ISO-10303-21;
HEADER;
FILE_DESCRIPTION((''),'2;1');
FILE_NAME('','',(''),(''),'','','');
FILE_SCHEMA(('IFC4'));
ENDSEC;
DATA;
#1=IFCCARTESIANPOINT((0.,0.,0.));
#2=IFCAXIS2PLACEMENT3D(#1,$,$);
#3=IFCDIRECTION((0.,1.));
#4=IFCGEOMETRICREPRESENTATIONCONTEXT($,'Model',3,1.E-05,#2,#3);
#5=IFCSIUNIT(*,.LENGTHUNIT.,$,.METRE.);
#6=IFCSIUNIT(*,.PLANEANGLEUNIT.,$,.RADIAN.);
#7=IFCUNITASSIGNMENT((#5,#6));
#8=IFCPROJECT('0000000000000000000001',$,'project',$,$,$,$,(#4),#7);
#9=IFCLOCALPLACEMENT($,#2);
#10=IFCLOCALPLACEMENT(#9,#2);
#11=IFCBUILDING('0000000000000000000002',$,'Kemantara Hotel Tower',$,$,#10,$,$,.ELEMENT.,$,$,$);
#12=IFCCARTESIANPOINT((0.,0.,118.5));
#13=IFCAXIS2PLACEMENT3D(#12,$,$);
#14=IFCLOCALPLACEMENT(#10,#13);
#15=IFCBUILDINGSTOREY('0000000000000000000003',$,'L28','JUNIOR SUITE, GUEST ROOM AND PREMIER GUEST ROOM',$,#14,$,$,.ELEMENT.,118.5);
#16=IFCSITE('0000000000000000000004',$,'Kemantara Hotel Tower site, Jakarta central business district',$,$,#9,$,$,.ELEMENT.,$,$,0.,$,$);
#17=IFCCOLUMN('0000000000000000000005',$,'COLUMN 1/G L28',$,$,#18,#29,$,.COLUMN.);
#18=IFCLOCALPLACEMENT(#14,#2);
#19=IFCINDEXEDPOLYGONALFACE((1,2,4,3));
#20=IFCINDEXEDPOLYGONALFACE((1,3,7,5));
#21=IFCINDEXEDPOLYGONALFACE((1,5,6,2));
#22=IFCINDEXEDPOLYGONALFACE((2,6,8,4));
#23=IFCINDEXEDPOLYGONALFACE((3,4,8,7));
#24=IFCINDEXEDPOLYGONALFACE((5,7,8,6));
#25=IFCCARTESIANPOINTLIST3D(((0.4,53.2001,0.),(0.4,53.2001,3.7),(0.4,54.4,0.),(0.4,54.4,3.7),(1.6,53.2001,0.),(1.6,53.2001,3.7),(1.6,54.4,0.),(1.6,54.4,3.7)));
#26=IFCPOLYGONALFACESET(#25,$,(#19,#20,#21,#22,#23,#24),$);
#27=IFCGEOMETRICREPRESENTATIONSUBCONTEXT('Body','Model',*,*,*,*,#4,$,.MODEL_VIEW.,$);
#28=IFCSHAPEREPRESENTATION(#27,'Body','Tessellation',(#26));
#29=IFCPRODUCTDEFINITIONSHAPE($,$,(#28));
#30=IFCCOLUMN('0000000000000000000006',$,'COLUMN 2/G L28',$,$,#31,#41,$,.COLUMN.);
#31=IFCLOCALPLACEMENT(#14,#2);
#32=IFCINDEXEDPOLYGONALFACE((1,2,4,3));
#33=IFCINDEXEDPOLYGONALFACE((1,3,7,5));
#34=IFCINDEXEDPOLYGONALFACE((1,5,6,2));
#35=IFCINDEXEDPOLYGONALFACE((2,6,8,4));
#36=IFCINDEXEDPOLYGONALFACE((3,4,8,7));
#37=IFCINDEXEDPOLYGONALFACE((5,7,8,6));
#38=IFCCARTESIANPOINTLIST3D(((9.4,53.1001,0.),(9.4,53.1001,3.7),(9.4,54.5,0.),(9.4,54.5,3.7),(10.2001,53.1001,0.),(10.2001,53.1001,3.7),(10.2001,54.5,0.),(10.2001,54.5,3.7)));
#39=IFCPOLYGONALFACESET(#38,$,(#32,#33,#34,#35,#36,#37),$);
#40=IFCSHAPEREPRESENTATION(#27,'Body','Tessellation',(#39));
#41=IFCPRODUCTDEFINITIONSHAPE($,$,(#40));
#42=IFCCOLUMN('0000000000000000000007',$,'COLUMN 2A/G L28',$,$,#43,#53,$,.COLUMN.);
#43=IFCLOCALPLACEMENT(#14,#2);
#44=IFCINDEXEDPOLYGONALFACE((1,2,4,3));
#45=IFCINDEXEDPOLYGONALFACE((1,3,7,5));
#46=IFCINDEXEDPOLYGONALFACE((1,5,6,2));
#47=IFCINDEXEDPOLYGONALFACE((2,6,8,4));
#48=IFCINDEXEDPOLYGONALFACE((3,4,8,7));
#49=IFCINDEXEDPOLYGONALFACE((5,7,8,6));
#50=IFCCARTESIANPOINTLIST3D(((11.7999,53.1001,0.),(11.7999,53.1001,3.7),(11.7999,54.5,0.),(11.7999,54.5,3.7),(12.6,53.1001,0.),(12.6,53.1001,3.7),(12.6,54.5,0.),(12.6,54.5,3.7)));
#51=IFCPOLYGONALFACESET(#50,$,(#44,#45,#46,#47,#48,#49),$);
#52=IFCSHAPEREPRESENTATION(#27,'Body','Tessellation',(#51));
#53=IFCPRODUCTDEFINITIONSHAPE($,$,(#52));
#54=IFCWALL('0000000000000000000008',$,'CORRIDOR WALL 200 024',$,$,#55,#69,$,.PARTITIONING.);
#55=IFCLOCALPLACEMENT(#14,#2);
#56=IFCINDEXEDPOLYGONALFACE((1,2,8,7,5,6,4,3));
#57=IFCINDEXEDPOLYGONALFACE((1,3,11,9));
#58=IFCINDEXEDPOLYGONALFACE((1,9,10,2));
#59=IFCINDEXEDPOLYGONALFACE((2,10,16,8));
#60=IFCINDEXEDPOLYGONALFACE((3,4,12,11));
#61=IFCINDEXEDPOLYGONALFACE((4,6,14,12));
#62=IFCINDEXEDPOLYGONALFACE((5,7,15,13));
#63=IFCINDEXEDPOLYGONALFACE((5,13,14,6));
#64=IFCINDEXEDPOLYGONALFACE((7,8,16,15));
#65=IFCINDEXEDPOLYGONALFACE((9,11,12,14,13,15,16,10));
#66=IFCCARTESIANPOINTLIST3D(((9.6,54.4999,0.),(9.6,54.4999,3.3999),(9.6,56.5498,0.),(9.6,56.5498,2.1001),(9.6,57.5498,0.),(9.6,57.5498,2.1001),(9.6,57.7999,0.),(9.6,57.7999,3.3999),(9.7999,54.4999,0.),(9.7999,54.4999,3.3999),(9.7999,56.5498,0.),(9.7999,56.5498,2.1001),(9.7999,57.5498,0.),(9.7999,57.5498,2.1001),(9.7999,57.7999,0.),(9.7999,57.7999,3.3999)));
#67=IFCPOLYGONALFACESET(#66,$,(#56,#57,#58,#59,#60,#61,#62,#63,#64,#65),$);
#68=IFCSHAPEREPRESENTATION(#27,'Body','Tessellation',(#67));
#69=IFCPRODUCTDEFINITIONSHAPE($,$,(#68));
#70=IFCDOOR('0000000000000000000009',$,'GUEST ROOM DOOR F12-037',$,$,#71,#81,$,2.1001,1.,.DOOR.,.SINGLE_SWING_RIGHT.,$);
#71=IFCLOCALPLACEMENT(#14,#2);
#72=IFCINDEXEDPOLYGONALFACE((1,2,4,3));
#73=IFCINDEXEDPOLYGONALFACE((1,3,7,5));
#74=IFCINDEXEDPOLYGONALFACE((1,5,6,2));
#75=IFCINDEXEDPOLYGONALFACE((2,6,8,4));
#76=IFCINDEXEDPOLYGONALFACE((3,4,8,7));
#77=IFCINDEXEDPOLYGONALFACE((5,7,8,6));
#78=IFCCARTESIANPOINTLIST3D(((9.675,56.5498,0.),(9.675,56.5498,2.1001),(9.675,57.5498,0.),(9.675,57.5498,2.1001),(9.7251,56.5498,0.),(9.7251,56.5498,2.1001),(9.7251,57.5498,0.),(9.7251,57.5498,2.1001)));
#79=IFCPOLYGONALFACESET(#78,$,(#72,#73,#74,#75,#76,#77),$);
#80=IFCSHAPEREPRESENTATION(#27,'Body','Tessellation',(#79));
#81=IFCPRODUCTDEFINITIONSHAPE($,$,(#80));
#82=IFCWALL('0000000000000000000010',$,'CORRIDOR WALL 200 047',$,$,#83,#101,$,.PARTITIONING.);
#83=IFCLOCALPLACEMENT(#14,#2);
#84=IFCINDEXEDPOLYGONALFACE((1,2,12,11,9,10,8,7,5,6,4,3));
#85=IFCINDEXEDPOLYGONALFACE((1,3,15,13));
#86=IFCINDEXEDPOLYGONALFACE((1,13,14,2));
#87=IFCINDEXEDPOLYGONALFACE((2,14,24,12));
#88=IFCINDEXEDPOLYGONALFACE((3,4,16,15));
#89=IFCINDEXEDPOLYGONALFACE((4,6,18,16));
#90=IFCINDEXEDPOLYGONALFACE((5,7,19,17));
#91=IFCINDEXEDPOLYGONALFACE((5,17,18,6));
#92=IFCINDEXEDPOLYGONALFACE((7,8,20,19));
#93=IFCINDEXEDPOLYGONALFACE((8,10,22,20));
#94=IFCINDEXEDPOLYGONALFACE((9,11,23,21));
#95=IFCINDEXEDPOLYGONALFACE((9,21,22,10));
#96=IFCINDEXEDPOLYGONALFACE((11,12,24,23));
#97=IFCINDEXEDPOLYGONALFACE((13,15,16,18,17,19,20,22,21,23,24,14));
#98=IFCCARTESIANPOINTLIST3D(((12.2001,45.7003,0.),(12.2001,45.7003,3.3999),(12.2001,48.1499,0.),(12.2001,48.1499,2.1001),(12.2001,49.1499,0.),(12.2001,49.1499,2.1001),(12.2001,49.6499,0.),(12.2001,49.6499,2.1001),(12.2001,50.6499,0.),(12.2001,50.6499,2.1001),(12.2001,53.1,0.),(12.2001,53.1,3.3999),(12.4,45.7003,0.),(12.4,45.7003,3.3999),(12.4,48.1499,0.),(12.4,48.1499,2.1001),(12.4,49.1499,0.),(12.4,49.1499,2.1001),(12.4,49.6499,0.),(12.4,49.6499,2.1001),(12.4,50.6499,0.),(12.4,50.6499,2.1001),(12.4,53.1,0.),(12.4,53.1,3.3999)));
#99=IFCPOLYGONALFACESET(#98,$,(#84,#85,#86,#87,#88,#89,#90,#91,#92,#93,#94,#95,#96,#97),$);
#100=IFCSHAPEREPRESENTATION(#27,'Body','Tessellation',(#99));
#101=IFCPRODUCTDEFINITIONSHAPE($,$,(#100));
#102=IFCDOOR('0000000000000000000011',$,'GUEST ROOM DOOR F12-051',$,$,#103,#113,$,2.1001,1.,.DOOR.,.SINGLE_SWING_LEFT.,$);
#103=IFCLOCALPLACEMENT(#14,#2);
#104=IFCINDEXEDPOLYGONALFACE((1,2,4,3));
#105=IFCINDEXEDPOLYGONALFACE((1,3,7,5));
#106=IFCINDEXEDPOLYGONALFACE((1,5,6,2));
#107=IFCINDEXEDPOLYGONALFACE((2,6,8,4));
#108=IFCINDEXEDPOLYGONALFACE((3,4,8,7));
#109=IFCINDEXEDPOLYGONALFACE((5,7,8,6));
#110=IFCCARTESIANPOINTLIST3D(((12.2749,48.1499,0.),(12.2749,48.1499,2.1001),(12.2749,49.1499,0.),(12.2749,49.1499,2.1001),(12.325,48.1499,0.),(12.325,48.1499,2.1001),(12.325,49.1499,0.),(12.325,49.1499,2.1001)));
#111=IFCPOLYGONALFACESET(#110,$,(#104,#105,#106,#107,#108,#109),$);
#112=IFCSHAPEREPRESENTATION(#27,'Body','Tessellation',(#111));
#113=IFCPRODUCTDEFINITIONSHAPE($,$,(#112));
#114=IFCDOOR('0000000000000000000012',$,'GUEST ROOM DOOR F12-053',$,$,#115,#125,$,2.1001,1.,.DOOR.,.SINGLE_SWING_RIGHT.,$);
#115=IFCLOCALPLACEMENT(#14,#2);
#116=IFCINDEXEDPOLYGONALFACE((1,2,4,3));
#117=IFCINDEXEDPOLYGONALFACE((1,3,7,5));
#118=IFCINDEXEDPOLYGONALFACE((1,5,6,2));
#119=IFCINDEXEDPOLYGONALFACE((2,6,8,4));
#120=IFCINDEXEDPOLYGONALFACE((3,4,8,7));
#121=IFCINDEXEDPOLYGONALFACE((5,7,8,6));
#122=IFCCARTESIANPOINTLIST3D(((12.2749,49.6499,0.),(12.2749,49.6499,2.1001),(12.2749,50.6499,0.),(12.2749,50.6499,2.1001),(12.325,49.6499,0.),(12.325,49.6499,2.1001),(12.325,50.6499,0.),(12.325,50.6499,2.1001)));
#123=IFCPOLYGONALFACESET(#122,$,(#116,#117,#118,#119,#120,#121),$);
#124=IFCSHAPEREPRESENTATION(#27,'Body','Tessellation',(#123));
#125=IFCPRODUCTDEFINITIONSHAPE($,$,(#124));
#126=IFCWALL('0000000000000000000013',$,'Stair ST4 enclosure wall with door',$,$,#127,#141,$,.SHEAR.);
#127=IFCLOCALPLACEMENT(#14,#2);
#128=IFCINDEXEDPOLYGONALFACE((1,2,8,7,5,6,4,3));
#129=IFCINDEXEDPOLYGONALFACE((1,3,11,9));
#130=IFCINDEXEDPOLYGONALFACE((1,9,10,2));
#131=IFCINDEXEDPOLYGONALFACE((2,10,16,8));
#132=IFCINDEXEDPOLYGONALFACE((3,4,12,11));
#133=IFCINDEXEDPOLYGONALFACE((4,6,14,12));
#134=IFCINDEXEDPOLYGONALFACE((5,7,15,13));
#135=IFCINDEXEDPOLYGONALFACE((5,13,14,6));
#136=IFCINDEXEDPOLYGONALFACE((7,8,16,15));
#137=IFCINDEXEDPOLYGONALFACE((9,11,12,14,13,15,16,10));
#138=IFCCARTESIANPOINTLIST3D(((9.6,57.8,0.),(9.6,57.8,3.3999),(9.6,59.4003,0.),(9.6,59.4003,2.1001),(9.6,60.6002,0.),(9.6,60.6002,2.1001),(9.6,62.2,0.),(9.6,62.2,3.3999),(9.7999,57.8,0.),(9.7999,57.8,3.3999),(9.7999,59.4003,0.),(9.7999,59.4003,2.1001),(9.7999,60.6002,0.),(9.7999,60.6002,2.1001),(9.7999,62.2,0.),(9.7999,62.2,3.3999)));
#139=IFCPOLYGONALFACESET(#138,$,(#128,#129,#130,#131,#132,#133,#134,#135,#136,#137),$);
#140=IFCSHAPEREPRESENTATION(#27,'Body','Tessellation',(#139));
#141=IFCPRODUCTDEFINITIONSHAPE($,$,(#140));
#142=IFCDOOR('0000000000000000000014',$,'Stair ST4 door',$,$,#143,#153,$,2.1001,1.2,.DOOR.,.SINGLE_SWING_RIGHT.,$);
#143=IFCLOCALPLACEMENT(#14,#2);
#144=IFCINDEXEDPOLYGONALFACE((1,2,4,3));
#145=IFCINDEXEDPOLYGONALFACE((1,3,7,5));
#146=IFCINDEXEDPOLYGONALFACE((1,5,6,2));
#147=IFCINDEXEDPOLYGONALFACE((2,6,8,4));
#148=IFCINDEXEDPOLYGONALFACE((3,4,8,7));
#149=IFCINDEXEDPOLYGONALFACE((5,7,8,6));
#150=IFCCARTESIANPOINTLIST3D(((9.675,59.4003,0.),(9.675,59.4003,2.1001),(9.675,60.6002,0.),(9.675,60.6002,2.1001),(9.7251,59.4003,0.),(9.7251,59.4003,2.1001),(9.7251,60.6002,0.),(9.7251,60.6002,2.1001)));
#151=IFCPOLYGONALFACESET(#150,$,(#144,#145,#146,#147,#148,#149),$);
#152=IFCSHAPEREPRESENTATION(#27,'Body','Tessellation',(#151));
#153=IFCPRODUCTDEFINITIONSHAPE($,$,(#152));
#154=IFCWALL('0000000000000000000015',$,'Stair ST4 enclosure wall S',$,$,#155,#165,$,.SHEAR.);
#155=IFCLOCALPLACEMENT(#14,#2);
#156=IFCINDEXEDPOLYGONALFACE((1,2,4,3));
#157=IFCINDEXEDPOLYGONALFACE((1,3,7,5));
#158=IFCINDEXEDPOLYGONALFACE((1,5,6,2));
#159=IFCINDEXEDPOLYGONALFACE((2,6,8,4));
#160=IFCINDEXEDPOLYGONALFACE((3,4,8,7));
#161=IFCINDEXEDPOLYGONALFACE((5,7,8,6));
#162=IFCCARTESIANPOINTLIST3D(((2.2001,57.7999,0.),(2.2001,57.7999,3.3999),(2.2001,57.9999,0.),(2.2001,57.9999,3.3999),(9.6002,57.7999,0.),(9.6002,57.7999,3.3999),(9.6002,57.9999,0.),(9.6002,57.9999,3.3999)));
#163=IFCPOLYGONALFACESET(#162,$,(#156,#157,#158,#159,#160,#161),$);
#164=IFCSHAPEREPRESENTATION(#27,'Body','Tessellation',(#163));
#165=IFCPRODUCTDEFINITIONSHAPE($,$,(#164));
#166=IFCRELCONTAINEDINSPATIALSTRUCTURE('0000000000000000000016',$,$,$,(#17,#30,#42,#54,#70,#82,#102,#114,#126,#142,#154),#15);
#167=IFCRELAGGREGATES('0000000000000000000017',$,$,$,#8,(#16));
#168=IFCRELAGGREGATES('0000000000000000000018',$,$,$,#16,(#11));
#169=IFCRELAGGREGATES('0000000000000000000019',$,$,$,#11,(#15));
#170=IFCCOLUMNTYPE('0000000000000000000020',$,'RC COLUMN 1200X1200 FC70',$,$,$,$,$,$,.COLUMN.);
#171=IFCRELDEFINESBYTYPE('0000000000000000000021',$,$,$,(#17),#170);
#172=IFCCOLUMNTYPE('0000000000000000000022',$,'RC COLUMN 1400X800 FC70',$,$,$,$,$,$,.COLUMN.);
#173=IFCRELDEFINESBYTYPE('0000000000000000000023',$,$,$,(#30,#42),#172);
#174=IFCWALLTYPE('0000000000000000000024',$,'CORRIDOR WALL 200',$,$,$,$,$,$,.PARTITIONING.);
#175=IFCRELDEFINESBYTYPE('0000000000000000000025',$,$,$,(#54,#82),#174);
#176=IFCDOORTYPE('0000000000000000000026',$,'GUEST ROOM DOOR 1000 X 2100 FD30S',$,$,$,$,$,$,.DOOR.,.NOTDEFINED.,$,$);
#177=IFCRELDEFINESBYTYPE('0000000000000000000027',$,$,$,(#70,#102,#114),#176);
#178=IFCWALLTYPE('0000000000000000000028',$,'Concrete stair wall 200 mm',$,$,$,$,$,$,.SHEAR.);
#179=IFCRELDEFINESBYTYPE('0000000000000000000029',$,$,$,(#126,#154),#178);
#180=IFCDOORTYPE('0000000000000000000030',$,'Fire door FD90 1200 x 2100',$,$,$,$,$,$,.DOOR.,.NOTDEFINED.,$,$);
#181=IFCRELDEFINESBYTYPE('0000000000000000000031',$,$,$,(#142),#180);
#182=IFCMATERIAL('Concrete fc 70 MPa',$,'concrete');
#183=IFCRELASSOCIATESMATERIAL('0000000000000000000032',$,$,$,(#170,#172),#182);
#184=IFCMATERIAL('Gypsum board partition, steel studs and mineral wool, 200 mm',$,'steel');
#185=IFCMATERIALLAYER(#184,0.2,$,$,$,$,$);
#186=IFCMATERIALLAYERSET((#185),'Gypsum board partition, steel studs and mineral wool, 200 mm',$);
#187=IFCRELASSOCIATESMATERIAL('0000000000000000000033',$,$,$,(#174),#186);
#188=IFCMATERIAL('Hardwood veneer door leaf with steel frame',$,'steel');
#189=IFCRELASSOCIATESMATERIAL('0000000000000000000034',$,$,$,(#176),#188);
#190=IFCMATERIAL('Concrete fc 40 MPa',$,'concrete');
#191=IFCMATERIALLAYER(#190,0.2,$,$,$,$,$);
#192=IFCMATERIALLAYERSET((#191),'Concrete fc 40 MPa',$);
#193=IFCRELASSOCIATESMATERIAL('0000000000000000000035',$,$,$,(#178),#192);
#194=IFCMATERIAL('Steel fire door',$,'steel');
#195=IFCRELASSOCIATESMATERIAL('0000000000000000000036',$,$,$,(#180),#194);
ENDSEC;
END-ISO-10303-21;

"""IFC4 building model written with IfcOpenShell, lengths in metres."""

from ifc_helpers import new_model, si_unit, direction, frame, frame_2d, origin, origin_2d, place, context, subcontext, project, spatial, rectangle, extrude, material, layer, layer_set, material_profile, profile_set, type_object, element, fill, save


model = new_model("IFC4")

# Units and contexts
model_context = context("Model", 3, precision=1e-05, world=origin(), true_north=direction((0.0, 1.0)))
body_context = subcontext(model_context, "Body", "Model", "MODEL_VIEW")
ifc_project = project(units=[si_unit("LENGTHUNIT", "METRE"), si_unit("PLANEANGLEUNIT", "RADIAN")], contexts=[model_context])

# Site, building, storey
site_placement = place(None, origin())
site = spatial("IfcSite", under=ifc_project, at=site_placement, Name="Kemantara Hotel Tower site, Jakarta central business district", CompositionType="ELEMENT", RefElevation=0.0)
building_placement = place(site_placement, origin())
building = spatial("IfcBuilding", under=site, at=building_placement, Name="Kemantara Hotel Tower", CompositionType="ELEMENT")
storey_placement = place(building_placement, frame((0.0, 0.0, 118.5)))
storey = spatial("IfcBuildingStorey", under=building, at=storey_placement, Name="L28", Description="JUNIOR SUITE, GUEST ROOM AND PREMIER GUEST ROOM", CompositionType="ELEMENT", Elevation=118.5)

# Columns
ifc_material_1 = material(Name="Concrete fc 70 MPa", Category="concrete")
ifc_material_profile_1 = material_profile(ifc_material_1, rectangle(XDim=1.2, YDim=1.2, at=origin_2d()), Name="RC 1200X1200")
ifc_profile_set_1 = profile_set([ifc_material_profile_1], Name="Concrete fc 70 MPa")
column_type_1 = type_object("IfcColumnType", Name="RC COLUMN 1200X1200 FC70", PredefinedType="COLUMN", material=ifc_profile_set_1)
column_placement = place(storey_placement, frame((1.0, 53.8, 0.0), z_axis=(0.0, 0.0, 1.0), x_axis=(1.0, 0.0, 0.0)))
element("IfcColumn", 1, at=column_placement, inside=storey, type_object=column_type_1, Name="COLUMN 1/G L28", PredefinedType="COLUMN", context=body_context, shape_type="SweptSolid", body=[
    extrude(rectangle(XDim=1.2, YDim=1.2, at=origin_2d()), origin(), (0.0, 0.0, 1.0), 3.7),
])
ifc_material_profile_2 = material_profile(ifc_material_1, rectangle(XDim=1.3999, YDim=0.8, at=origin_2d()), Name="RC 1400X800")
ifc_profile_set_2 = profile_set([ifc_material_profile_2], Name="Concrete fc 70 MPa")
column_type_2 = type_object("IfcColumnType", Name="RC COLUMN 1400X800 FC70", PredefinedType="COLUMN", material=ifc_profile_set_2)
for number, where, z_axis, x_axis, name in (
    (2, (9.8, 53.8, 0.0), (0.0, 0.0, 1.0), (0.0, 1.0, 0.0), "COLUMN 2/G L28"),
    (3, (12.2, 53.8, 0.0), (0.0, 0.0, 1.0), (0.0, 1.0, 0.0), "COLUMN 2A/G L28"),
):
    element("IfcColumn", number, at=place(storey_placement, frame(where, z_axis=z_axis, x_axis=x_axis)), inside=storey, type_object=column_type_2, Name=name, PredefinedType="COLUMN", context=body_context, shape_type="SweptSolid", body=[
        extrude(rectangle(XDim=1.3999, YDim=0.8, at=origin_2d()), origin(), (0.0, 0.0, 1.0), 3.7),
    ])

# Wall, opening, door
ifc_material_2 = material(Name="Gypsum board partition, steel studs and mineral wool, 200 mm", Category="steel")
ifc_layer_1 = layer(ifc_material_2, 0.2)
ifc_layer_set_1 = layer_set([ifc_layer_1], Name="Gypsum board partition, steel studs and mineral wool, 200 mm")
wall_type_1 = type_object("IfcWallType", Name="CORRIDOR WALL 200", PredefinedType="PARTITIONING", material=ifc_layer_set_1)
wall_1_placement = place(storey_placement, frame((9.7, 54.5, 0.0), z_axis=(0.0, 0.0, 1.0), x_axis=(0.0, 1.0, 0.0)))
wall_1 = element("IfcWall", 4, at=wall_1_placement, inside=storey, type_object=wall_type_1, Name="CORRIDOR WALL 200 024", PredefinedType="PARTITIONING", context=body_context, shape_type="SweptSolid", body=[
    extrude(rectangle(XDim=3.3, YDim=0.2, at=frame_2d((1.6499, 0.0))), origin(), (0.0, 0.0, 1.0), 3.3999),
])
opening_1_placement = place(wall_1_placement, frame((2.0498, 0.0, 0.0)))
opening_1 = element("IfcOpeningElement", 5, at=opening_1_placement, cuts=wall_1, PredefinedType="OPENING", context=body_context, shape_type="SweptSolid", body=[
    extrude(rectangle(XDim=1.0, YDim=2.1001, at=frame_2d((0.5, 1.05))), frame((0.0, 0.1099, 0.0), z_axis=(0.0, -1.0, 0.0), x_axis=(1.0, 0.0, 0.0)), (0.0, 0.0, 1.0), 0.22),
])
ifc_material_3 = material(Name="Hardwood veneer door leaf with steel frame", Category="steel")
door_type_1 = type_object("IfcDoorType", Name="GUEST ROOM DOOR 1000 X 2100 FD30S", OperationType="NOTDEFINED", PredefinedType="DOOR", material=ifc_material_3)
door_1_placement = place(opening_1_placement, origin())
door_1 = element("IfcDoor", 6, at=door_1_placement, inside=storey, type_object=door_type_1, Name="GUEST ROOM DOOR F12-037", OperationType="SINGLE_SWING_RIGHT", OverallHeight=2.1001, OverallWidth=1.0, PredefinedType="DOOR", context=body_context, shape_type="SweptSolid", body=[
    extrude(rectangle(XDim=1.0, YDim=2.1001, at=frame_2d((0.5, 1.05))), frame((0.0, 0.0249, 0.0), z_axis=(0.0, -1.0, 0.0), x_axis=(1.0, 0.0, 0.0)), (0.0, 0.0, 1.0), 0.05),
])
fill(opening_1, door_1)

# Wall, openings, doors
wall_2_placement = place(storey_placement, frame((12.3, 53.0999, 0.0), z_axis=(0.0, 0.0, 1.0), x_axis=(0.0, -1.0, 0.0)))
wall_2 = element("IfcWall", 7, at=wall_2_placement, inside=storey, type_object=wall_type_1, Name="CORRIDOR WALL 200 047", PredefinedType="PARTITIONING", context=body_context, shape_type="SweptSolid", body=[
    extrude(rectangle(XDim=7.3997, YDim=0.2, at=frame_2d((3.6997, 0.0))), origin(), (0.0, 0.0, 1.0), 3.3999),
])
opening_2_placement = place(wall_2_placement, frame((3.95, 0.0, 0.0)))
opening_2 = element("IfcOpeningElement", 8, at=opening_2_placement, cuts=wall_2, PredefinedType="OPENING", context=body_context, shape_type="SweptSolid", body=[
    extrude(rectangle(XDim=1.0, YDim=2.1001, at=frame_2d((0.5, 1.05))), frame((0.0, 0.1099, 0.0), z_axis=(0.0, -1.0, 0.0), x_axis=(1.0, 0.0, 0.0)), (0.0, 0.0, 1.0), 0.22),
])
opening_3_placement = place(wall_2_placement, frame((2.45, 0.0, 0.0)))
opening_3 = element("IfcOpeningElement", 9, at=opening_3_placement, cuts=wall_2, PredefinedType="OPENING", context=body_context, shape_type="SweptSolid", body=[
    extrude(rectangle(XDim=1.0, YDim=2.1001, at=frame_2d((0.5, 1.05))), frame((0.0, 0.1099, 0.0), z_axis=(0.0, -1.0, 0.0), x_axis=(1.0, 0.0, 0.0)), (0.0, 0.0, 1.0), 0.22),
])
door_2_placement = place(opening_2_placement, origin())
door_2 = element("IfcDoor", 10, at=door_2_placement, inside=storey, type_object=door_type_1, Name="GUEST ROOM DOOR F12-051", OperationType="SINGLE_SWING_LEFT", OverallHeight=2.1001, OverallWidth=1.0, PredefinedType="DOOR", context=body_context, shape_type="SweptSolid", body=[
    extrude(rectangle(XDim=1.0, YDim=2.1001, at=frame_2d((0.5, 1.05))), frame((0.0, 0.0249, 0.0), z_axis=(0.0, -1.0, 0.0), x_axis=(1.0, 0.0, 0.0)), (0.0, 0.0, 1.0), 0.05),
])
fill(opening_2, door_2)
door_3_placement = place(opening_3_placement, origin())
door_3 = element("IfcDoor", 11, at=door_3_placement, inside=storey, type_object=door_type_1, Name="GUEST ROOM DOOR F12-053", OperationType="SINGLE_SWING_RIGHT", OverallHeight=2.1001, OverallWidth=1.0, PredefinedType="DOOR", context=body_context, shape_type="SweptSolid", body=[
    extrude(rectangle(XDim=1.0, YDim=2.1001, at=frame_2d((0.5, 1.05))), frame((0.0, 0.0249, 0.0), z_axis=(0.0, -1.0, 0.0), x_axis=(1.0, 0.0, 0.0)), (0.0, 0.0, 1.0), 0.05),
])
fill(opening_3, door_3)

# Wall, opening, door
ifc_material_4 = material(Name="Concrete fc 40 MPa", Category="concrete")
ifc_layer_2 = layer(ifc_material_4, 0.2)
ifc_layer_set_2 = layer_set([ifc_layer_2], Name="Concrete fc 40 MPa")
wall_type_2 = type_object("IfcWallType", Name="Concrete stair wall 200 mm", PredefinedType="SHEAR", material=ifc_layer_set_2)
wall_3_placement = place(storey_placement, frame((9.7, 57.8, 0.0), z_axis=(0.0, 0.0, 1.0), x_axis=(0.0, 1.0, 0.0)))
wall_3 = element("IfcWall", 12, at=wall_3_placement, inside=storey, type_object=wall_type_2, Name="Stair ST4 enclosure wall with door", PredefinedType="SHEAR", context=body_context, shape_type="SweptSolid", body=[
    extrude(rectangle(XDim=4.3999, YDim=0.2, at=frame_2d((2.2, 0.0))), origin(), (0.0, 0.0, 1.0), 3.3999),
])
opening_4_placement = place(wall_3_placement, frame((1.6001, 0.0, 0.0)))
opening_4 = element("IfcOpeningElement", 13, at=opening_4_placement, cuts=wall_3, PredefinedType="OPENING", context=body_context, shape_type="SweptSolid", body=[
    extrude(rectangle(XDim=1.2, YDim=2.1001, at=frame_2d((0.6001, 1.05))), frame((0.0, 0.1099, 0.0), z_axis=(0.0, -1.0, 0.0), x_axis=(1.0, 0.0, 0.0)), (0.0, 0.0, 1.0), 0.22),
])
ifc_material_5 = material(Name="Steel fire door", Category="steel")
door_type_2 = type_object("IfcDoorType", Name="Fire door FD90 1200 x 2100", OperationType="NOTDEFINED", PredefinedType="DOOR", material=ifc_material_5)
door_4_placement = place(opening_4_placement, origin())
door_4 = element("IfcDoor", 14, at=door_4_placement, inside=storey, type_object=door_type_2, Name="Stair ST4 door", OperationType="SINGLE_SWING_RIGHT", OverallHeight=2.1001, OverallWidth=1.2, PredefinedType="DOOR", context=body_context, shape_type="SweptSolid", body=[
    extrude(rectangle(XDim=1.2, YDim=2.1001, at=frame_2d((0.6001, 1.05))), frame((0.0, 0.0249, 0.0), z_axis=(0.0, -1.0, 0.0), x_axis=(1.0, 0.0, 0.0)), (0.0, 0.0, 1.0), 0.05),
])
fill(opening_4, door_4)

# Wall
wall_4_placement = place(storey_placement, frame((2.2, 57.8999, 0.0), z_axis=(0.0, 0.0, 1.0), x_axis=(1.0, 0.0, 0.0)))
element("IfcWall", 15, at=wall_4_placement, inside=storey, type_object=wall_type_2, Name="Stair ST4 enclosure wall S", PredefinedType="SHEAR", context=body_context, shape_type="SweptSolid", body=[
    extrude(rectangle(XDim=7.4001, YDim=0.2, at=frame_2d((3.7002, 0.0))), origin(), (0.0, 0.0, 1.0), 3.3999),
])

save(model, "model.ifc")
